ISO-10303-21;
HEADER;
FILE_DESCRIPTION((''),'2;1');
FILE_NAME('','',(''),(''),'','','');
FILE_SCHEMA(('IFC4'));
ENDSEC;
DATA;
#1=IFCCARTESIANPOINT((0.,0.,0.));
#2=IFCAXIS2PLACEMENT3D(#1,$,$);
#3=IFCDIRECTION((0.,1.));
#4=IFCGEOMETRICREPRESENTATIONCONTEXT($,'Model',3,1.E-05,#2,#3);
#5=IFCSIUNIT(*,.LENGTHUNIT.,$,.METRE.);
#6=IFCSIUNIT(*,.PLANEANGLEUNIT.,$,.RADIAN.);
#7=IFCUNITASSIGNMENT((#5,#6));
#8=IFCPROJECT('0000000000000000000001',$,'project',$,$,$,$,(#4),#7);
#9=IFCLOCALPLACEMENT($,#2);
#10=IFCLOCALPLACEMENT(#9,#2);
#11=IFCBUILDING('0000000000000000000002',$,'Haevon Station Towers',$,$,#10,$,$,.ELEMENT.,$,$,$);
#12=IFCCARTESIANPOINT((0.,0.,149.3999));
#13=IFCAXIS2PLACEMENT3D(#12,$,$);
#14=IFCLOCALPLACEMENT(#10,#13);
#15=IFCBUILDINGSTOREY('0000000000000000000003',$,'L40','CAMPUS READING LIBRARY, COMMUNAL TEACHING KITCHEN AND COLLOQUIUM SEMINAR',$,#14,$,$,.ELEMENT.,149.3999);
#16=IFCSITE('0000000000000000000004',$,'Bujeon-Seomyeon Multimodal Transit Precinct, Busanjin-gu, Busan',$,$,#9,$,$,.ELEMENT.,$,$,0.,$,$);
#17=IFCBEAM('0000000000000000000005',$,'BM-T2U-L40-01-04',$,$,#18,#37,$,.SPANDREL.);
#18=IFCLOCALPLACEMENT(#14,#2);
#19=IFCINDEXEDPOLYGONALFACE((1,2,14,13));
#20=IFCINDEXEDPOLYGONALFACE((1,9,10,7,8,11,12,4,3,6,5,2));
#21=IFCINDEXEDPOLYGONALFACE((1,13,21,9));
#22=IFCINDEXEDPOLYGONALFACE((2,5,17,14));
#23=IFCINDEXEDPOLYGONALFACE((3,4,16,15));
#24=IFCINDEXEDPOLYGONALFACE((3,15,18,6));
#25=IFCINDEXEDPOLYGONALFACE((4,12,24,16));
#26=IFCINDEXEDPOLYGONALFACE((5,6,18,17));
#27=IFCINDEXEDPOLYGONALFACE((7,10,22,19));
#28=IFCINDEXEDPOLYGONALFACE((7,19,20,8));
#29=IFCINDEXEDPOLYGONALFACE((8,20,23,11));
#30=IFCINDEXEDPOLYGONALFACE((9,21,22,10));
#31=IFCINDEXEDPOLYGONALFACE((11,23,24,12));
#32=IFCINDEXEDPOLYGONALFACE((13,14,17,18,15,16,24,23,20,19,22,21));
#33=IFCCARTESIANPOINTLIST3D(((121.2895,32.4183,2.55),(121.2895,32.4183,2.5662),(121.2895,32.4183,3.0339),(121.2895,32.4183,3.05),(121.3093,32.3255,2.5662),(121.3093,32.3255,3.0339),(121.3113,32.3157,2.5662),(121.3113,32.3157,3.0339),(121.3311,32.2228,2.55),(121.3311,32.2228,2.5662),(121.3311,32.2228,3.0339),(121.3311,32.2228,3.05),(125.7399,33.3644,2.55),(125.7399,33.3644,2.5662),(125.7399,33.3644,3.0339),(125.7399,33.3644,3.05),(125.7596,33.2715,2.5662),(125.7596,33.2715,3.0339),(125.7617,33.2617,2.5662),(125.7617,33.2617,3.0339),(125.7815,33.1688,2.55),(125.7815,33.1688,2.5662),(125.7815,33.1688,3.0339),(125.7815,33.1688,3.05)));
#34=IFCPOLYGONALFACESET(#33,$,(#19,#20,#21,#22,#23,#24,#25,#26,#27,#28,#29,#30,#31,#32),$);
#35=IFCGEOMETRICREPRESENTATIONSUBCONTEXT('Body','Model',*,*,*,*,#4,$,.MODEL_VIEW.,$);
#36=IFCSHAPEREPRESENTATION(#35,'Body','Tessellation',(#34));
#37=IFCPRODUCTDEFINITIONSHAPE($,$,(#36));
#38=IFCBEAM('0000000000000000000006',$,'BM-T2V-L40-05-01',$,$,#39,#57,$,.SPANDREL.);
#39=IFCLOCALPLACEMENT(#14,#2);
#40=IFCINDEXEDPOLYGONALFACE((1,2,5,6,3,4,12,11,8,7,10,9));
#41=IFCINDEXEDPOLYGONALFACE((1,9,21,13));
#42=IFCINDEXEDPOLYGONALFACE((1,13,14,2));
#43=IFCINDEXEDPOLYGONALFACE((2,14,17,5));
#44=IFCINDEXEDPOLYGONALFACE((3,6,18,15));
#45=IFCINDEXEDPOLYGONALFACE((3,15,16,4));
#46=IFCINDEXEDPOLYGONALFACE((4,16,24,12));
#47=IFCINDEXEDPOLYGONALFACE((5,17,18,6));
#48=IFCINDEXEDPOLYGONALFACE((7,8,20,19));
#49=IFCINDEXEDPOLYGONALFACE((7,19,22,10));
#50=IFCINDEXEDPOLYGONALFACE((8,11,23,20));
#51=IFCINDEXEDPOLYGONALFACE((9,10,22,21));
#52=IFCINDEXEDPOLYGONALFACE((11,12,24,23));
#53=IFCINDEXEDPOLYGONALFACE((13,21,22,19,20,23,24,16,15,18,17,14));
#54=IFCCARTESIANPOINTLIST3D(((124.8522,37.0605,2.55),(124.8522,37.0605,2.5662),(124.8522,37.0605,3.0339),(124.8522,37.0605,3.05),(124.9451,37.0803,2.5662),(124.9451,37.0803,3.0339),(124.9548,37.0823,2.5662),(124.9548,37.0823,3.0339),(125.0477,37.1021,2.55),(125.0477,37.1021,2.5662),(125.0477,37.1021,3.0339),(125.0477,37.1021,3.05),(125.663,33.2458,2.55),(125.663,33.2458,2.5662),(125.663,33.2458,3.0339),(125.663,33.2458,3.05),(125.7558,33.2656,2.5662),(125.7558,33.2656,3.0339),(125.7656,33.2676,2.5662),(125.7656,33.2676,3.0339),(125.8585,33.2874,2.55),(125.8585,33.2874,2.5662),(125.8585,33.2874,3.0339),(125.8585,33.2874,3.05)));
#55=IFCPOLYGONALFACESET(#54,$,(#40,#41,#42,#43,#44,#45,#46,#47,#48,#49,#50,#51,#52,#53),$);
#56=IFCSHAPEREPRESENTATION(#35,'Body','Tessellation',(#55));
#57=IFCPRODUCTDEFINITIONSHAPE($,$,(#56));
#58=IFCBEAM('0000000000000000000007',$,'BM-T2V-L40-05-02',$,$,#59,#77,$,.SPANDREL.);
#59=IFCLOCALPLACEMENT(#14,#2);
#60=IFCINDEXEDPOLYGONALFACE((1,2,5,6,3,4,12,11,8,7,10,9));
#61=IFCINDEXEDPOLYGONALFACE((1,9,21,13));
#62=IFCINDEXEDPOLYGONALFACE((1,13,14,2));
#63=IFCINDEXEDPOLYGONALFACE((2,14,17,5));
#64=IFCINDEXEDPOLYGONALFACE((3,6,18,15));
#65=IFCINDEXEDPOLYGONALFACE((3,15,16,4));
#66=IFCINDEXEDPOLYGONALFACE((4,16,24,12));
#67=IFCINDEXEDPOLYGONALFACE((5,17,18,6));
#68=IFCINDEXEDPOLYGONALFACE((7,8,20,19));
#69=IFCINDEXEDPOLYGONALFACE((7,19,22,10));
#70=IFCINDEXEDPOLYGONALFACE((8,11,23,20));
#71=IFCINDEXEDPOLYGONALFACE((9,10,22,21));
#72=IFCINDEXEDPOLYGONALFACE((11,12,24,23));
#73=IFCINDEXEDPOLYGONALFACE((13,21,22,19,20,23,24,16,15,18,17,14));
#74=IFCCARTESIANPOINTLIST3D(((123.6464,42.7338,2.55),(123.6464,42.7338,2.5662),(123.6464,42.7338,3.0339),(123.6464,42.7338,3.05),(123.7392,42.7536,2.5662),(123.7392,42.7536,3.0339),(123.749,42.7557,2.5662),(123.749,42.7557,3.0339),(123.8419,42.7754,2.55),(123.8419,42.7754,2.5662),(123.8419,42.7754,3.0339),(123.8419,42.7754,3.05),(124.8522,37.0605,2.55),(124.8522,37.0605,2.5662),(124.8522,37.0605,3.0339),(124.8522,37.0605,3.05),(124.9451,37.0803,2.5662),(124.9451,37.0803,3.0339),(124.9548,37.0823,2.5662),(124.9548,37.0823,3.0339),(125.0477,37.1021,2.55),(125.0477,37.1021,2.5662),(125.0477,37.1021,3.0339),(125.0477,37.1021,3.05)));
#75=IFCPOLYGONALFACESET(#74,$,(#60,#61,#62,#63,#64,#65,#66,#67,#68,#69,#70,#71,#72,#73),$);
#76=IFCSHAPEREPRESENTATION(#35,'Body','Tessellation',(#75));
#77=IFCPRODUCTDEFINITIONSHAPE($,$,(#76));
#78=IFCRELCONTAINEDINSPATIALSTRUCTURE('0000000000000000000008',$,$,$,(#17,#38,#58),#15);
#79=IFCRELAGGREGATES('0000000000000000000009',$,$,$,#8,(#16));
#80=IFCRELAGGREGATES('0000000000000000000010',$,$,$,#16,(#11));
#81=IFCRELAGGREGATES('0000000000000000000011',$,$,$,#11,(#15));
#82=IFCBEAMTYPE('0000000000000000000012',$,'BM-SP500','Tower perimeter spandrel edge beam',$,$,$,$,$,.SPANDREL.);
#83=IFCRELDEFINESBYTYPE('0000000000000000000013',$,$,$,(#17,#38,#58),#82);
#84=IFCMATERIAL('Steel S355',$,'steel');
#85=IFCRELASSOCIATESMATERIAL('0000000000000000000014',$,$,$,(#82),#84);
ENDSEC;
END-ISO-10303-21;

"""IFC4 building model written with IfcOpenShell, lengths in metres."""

from ifc_helpers import new_model, si_unit, direction, frame, origin, origin_2d, place, context, subcontext, project, spatial, i_section, extrude, material, material_profile, profile_set, type_object, element, save


model = new_model("IFC4")

# Units and contexts
model_context = context("Model", 3, precision=1e-05, world=origin(), true_north=direction((0.0, 1.0)))
body_context = subcontext(model_context, "Body", "Model", "MODEL_VIEW")
ifc_project = project(units=[si_unit("LENGTHUNIT", "METRE"), si_unit("PLANEANGLEUNIT", "RADIAN")], contexts=[model_context])

# Site, building, storey
site_placement = place(None, origin())
site = spatial("IfcSite", under=ifc_project, at=site_placement, Name="Bujeon-Seomyeon Multimodal Transit Precinct, Busanjin-gu, Busan", CompositionType="ELEMENT", RefElevation=0.0)
building_placement = place(site_placement, origin())
building = spatial("IfcBuilding", under=site, at=building_placement, Name="Haevon Station Towers", CompositionType="ELEMENT")
storey_placement = place(building_placement, frame((0.0, 0.0, 149.3999)))
storey = spatial("IfcBuildingStorey", under=building, at=storey_placement, Name="L40", Description="CAMPUS READING LIBRARY, COMMUNAL TEACHING KITCHEN AND COLLOQUIUM SEMINAR", CompositionType="ELEMENT", Elevation=149.3999)

# Shared definitions
ifc_material_1 = material(Name="Steel S355", Category="steel")

# Beams
ifc_material_profile_1 = material_profile(ifc_material_1, i_section(OverallWidth=0.2, OverallDepth=0.5, WebThickness=0.01, FlangeThickness=0.0161, at=origin_2d()), Name="H-500x200x10x16")
ifc_profile_set_1 = profile_set([ifc_material_profile_1], Name="Steel S355")
beam_type_1 = type_object("IfcBeamType", Name="BM-SP500", Description="Tower perimeter spandrel edge beam", PredefinedType="SPANDREL", material=ifc_profile_set_1)
beam_1_placement = place(storey_placement, frame((121.3103, 32.3206, 2.8), z_axis=(0.978144, 0.207927, 0.0), x_axis=(-0.207927, 0.978144, 0.0)))
element("IfcBeam", 1, at=beam_1_placement, inside=storey, type_object=beam_type_1, Name="BM-T2U-L40-01-04", PredefinedType="SPANDREL", context=body_context, shape_type="SweptSolid", body=[
    extrude(i_section(OverallWidth=0.2, OverallDepth=0.5, WebThickness=0.01, FlangeThickness=0.0161, at=origin_2d()), origin(), (0.0, 0.0, 1.0), 4.5498),
])
beam_2_placement = place(storey_placement, frame((125.7607, 33.2666, 2.8), z_axis=(-0.2079, 0.97815, 0.0), x_axis=(-0.97815, -0.2079, 0.0)))
element("IfcBeam", 2, at=beam_2_placement, inside=storey, type_object=beam_type_1, Name="BM-T2V-L40-05-01", PredefinedType="SPANDREL", context=body_context, shape_type="SweptSolid", body=[
    extrude(i_section(OverallWidth=0.2, OverallDepth=0.5, WebThickness=0.01, FlangeThickness=0.0161, at=origin_2d()), origin(), (0.0, 0.0, 1.0), 3.8999),
])
beam_3_placement = place(storey_placement, frame((124.95, 37.0813, 2.8), z_axis=(-0.207896, 0.978151, 0.0), x_axis=(-0.978151, -0.207896, 0.0)))
element("IfcBeam", 3, at=beam_3_placement, inside=storey, type_object=beam_type_1, Name="BM-T2V-L40-05-02", PredefinedType="SPANDREL", context=body_context, shape_type="SweptSolid", body=[
    extrude(i_section(OverallWidth=0.2, OverallDepth=0.5, WebThickness=0.01, FlangeThickness=0.0161, at=origin_2d()), origin(), (0.0, 0.0, 1.0), 5.8),
])

save(model, "model.ifc")
